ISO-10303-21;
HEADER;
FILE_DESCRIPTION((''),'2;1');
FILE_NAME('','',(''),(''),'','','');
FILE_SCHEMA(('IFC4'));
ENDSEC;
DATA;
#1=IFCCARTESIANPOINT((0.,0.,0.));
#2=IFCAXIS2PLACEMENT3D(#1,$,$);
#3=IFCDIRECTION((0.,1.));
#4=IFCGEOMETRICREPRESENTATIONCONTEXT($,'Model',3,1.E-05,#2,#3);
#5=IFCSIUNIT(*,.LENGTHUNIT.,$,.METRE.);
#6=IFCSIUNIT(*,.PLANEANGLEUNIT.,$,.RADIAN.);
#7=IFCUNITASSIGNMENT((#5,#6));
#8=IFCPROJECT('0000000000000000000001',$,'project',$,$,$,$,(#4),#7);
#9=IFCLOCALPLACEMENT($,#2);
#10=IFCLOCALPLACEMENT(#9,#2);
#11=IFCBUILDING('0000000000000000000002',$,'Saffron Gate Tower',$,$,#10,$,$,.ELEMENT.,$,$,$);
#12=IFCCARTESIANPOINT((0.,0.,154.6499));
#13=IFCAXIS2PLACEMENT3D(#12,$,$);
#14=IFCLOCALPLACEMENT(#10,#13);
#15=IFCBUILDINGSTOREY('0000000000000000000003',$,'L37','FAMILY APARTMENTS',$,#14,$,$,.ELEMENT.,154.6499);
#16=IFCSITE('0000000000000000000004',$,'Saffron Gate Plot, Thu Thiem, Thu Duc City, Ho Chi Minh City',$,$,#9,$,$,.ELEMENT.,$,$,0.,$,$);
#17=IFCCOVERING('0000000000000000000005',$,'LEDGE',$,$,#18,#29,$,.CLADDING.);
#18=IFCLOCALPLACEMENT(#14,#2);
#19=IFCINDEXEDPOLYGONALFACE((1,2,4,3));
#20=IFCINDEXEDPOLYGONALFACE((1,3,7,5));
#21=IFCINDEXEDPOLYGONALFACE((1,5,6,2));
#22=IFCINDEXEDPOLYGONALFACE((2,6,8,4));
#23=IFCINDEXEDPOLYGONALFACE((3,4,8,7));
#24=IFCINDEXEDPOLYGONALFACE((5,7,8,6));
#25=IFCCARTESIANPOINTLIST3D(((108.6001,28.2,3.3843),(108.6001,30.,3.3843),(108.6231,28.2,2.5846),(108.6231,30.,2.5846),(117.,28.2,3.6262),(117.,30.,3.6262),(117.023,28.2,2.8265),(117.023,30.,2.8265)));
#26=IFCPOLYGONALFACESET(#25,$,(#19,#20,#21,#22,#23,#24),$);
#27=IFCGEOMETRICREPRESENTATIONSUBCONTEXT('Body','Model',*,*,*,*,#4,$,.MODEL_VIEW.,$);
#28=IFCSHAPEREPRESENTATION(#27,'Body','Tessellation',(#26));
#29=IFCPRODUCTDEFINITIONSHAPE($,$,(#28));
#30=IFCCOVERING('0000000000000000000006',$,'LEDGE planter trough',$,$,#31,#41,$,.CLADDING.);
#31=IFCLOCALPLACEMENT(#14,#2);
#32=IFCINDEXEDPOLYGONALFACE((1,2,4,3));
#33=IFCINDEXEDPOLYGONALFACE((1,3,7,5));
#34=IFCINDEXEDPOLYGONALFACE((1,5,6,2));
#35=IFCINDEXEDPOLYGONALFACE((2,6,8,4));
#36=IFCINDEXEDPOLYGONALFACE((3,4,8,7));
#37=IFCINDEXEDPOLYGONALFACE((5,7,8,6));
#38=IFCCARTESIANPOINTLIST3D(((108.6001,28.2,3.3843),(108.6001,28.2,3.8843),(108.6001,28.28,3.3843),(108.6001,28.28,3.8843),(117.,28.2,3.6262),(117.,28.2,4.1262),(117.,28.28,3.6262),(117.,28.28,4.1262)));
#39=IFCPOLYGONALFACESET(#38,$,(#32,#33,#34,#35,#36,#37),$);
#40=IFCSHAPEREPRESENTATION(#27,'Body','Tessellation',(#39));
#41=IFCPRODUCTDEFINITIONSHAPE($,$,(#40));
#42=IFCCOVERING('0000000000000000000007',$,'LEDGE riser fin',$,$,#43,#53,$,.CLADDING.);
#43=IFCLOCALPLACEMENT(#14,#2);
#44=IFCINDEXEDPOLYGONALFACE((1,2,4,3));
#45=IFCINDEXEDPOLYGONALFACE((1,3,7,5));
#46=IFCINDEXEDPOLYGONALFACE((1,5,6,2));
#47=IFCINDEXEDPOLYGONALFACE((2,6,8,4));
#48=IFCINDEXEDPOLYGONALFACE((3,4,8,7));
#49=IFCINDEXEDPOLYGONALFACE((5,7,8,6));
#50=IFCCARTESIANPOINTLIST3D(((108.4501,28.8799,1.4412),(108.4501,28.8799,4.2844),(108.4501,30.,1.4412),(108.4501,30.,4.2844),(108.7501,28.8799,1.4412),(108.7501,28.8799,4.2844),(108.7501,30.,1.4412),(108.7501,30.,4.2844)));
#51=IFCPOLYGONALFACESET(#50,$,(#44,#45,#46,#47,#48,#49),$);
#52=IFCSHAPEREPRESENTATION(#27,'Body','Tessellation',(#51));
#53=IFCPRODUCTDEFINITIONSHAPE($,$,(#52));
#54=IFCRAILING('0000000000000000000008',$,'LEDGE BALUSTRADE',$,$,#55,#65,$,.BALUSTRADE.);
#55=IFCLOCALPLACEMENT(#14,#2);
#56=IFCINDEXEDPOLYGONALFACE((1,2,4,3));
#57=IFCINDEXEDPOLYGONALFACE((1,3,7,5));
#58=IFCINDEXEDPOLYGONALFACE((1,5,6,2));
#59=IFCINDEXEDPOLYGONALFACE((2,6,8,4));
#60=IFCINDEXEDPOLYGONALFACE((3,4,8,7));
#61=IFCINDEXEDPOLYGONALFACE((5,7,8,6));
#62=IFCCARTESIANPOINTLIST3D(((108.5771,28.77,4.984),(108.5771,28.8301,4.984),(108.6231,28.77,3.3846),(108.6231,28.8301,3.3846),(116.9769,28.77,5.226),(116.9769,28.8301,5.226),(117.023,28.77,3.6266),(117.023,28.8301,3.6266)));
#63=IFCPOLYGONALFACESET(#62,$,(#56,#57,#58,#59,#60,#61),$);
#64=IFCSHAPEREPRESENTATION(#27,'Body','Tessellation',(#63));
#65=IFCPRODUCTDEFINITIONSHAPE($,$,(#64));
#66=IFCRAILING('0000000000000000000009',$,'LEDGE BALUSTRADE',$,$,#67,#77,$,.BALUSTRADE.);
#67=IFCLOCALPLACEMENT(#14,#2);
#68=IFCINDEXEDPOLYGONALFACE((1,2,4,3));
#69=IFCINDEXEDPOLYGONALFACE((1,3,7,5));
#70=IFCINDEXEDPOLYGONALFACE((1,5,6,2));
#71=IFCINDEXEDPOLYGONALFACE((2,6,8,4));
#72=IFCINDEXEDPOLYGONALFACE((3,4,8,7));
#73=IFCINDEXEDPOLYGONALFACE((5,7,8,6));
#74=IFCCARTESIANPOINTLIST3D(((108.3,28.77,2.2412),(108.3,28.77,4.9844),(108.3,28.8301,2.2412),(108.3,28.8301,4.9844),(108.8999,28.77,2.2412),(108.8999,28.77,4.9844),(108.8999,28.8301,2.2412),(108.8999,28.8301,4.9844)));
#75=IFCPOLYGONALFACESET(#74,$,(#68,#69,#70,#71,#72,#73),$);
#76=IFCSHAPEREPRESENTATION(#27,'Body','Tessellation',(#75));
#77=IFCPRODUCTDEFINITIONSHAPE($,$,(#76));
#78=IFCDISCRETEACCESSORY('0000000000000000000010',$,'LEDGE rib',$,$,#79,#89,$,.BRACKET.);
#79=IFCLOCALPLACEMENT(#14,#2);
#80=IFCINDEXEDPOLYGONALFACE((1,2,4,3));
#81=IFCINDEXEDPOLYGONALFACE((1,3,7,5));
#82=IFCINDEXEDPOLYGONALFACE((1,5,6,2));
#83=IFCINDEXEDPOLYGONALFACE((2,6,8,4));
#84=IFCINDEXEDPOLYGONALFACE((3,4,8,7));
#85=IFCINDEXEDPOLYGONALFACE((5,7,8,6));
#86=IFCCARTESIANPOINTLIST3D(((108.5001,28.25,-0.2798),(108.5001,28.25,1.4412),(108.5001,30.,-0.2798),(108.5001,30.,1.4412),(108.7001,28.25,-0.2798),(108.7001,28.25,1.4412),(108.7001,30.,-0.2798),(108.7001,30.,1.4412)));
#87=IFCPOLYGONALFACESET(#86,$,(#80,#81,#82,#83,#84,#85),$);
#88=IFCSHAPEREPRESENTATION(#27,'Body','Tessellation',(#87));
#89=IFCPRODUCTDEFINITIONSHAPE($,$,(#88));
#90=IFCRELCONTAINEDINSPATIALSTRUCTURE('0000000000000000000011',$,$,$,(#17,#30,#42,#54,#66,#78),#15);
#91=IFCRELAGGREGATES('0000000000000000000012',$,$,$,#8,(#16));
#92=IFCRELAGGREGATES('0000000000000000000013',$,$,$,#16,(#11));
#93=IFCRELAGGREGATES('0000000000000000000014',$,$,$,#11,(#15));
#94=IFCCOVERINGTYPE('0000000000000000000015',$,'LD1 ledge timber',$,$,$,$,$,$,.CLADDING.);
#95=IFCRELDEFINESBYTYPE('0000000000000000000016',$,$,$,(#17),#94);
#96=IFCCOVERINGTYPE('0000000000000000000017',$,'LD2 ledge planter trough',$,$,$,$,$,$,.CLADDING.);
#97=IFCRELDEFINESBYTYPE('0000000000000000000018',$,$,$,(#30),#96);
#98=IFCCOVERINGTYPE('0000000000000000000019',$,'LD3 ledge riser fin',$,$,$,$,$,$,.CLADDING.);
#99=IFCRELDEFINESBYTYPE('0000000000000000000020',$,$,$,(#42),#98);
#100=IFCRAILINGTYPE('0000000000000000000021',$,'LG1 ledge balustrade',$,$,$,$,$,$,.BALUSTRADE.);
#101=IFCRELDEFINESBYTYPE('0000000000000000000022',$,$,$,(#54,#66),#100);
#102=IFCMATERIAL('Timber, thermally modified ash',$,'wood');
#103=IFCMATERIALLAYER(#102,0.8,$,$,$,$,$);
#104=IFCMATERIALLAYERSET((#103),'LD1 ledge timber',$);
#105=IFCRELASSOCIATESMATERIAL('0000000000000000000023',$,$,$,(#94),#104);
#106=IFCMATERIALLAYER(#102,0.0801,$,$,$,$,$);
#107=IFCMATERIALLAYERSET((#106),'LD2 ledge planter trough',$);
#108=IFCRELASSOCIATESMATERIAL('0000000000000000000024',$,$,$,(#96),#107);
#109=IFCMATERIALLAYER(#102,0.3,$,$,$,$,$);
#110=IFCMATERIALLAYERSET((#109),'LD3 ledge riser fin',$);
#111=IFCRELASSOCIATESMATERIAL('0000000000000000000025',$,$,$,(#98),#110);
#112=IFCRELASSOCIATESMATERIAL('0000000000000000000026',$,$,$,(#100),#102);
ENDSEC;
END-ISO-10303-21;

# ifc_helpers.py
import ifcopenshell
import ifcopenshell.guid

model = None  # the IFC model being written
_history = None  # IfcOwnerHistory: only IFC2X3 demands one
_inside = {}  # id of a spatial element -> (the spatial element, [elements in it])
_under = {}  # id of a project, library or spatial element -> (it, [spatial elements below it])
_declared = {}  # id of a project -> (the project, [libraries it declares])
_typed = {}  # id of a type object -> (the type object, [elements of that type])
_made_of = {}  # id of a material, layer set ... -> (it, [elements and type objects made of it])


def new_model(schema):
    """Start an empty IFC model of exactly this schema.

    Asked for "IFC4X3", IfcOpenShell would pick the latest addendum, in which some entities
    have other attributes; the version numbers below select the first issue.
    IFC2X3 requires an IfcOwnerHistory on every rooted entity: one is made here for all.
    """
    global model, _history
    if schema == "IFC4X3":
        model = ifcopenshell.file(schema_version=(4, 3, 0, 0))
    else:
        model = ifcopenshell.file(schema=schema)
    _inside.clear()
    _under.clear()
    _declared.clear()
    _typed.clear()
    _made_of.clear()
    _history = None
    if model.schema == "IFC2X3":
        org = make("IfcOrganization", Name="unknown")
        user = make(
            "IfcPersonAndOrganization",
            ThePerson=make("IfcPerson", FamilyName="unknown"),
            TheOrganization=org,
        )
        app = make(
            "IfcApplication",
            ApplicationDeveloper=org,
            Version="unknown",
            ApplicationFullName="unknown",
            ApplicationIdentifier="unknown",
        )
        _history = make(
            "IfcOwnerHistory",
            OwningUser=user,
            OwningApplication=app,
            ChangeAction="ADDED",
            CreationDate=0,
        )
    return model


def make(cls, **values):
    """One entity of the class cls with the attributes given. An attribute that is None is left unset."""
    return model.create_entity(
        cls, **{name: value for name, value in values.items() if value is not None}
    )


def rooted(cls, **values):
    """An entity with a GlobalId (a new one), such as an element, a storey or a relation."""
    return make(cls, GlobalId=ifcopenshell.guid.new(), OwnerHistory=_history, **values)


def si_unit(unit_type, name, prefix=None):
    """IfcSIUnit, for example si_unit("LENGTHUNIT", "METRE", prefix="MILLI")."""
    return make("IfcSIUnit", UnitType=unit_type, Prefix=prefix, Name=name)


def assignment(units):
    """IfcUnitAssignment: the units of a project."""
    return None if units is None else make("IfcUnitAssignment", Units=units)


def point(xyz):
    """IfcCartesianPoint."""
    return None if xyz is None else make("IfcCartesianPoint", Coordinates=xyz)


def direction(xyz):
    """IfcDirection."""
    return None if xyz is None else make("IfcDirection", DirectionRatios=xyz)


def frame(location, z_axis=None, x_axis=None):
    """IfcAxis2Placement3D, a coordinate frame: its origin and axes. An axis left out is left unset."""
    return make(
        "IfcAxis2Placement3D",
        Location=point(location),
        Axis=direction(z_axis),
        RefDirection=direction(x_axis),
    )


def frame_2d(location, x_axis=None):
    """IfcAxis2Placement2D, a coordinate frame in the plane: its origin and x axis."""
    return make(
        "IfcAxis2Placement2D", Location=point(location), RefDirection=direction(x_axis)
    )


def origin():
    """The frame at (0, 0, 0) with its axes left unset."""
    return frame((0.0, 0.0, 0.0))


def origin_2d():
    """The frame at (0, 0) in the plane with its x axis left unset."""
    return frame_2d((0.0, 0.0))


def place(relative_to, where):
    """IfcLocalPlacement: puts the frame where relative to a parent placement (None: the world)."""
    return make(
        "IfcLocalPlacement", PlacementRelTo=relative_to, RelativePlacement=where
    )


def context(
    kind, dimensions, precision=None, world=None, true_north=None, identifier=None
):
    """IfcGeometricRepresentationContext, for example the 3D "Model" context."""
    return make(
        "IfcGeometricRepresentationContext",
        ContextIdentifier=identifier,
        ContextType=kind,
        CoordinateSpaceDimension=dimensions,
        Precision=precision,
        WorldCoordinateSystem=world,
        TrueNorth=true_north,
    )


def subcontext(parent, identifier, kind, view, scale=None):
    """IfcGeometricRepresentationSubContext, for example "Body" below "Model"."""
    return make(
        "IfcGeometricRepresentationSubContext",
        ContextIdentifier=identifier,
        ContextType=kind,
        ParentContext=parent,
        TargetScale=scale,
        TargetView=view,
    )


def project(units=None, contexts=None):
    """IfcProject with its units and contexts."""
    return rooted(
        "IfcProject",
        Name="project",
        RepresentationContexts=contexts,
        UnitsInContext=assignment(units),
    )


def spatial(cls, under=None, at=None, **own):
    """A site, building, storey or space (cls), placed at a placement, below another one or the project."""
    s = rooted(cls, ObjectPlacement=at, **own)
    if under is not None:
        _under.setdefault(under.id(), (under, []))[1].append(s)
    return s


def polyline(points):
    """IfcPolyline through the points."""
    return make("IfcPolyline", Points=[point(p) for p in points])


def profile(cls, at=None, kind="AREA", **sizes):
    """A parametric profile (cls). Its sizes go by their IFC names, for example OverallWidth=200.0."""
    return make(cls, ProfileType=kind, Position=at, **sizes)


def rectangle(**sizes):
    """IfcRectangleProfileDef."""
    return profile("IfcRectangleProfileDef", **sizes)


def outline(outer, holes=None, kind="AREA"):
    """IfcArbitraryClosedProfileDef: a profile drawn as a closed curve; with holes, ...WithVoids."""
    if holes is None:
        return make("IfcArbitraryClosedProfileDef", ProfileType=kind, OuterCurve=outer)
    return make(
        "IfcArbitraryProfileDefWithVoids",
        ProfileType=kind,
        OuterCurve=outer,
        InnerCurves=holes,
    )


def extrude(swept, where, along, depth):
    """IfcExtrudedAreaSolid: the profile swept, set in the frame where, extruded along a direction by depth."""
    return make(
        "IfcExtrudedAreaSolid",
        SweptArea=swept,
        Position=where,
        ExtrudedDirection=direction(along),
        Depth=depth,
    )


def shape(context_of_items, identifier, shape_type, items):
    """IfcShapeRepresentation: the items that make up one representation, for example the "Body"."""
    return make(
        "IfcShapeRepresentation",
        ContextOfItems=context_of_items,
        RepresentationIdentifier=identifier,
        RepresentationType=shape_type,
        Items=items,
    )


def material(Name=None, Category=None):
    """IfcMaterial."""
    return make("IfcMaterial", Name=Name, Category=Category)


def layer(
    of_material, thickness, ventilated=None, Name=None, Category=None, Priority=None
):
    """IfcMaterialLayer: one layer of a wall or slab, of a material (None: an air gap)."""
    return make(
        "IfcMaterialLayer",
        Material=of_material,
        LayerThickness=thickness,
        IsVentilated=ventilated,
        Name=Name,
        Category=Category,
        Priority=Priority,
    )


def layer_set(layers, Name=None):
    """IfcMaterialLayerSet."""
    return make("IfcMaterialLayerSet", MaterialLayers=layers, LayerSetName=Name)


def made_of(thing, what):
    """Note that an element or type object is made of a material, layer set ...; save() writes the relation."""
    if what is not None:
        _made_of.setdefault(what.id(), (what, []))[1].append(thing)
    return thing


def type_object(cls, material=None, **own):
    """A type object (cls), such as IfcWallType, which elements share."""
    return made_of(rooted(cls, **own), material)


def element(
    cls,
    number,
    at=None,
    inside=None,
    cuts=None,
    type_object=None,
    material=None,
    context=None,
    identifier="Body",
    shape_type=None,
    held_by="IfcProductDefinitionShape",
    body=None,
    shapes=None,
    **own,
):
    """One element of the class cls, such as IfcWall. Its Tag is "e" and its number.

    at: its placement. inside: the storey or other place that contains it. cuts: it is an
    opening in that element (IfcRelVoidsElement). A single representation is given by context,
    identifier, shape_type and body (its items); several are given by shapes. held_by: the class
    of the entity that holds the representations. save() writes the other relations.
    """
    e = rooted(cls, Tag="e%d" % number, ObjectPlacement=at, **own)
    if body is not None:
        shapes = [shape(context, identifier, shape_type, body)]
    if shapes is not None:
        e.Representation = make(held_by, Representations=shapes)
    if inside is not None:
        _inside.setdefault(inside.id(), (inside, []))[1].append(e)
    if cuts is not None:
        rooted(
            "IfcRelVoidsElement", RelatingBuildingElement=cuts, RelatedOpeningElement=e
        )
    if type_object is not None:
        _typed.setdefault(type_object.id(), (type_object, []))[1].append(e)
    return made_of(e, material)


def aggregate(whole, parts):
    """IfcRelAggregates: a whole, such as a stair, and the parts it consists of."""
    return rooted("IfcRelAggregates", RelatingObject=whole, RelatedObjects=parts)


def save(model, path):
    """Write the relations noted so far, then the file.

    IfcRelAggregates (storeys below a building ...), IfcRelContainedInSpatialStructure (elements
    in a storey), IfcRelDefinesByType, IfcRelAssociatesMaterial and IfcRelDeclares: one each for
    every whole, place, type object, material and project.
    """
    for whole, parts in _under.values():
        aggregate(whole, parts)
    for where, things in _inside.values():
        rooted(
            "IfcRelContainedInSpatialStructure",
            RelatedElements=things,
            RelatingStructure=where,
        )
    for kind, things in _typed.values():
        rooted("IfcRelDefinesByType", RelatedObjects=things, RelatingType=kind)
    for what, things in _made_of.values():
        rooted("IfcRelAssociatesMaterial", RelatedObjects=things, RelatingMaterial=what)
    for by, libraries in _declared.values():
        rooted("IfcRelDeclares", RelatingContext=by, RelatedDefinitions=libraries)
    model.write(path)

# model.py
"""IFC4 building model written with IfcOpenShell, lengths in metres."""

from ifc_helpers import new_model, si_unit, direction, frame, origin, origin_2d, place, context, subcontext, project, spatial, polyline, rectangle, outline, extrude, material, layer, layer_set, type_object, element, save


model = new_model("IFC4")

# Units and contexts
model_context = context("Model", 3, precision=1e-05, world=origin(), true_north=direction((0.0, 1.0)))
body_context = subcontext(model_context, "Body", "Model", "MODEL_VIEW")
ifc_project = project(units=[si_unit("LENGTHUNIT", "METRE"), si_unit("PLANEANGLEUNIT", "RADIAN")], contexts=[model_context])

# Site, building, storey
site_placement = place(None, origin())
site = spatial("IfcSite", under=ifc_project, at=site_placement, Name="Saffron Gate Plot, Thu Thiem, Thu Duc City, Ho Chi Minh City", CompositionType="ELEMENT", RefElevation=0.0)
building_placement = place(site_placement, origin())
building = spatial("IfcBuilding", under=site, at=building_placement, Name="Saffron Gate Tower", CompositionType="ELEMENT")
storey_placement = place(building_placement, frame((0.0, 0.0, 154.6499)))
storey = spatial("IfcBuildingStorey", under=building, at=storey_placement, Name="L37", Description="FAMILY APARTMENTS", CompositionType="ELEMENT", Elevation=154.6499)

# Coverings
ifc_material_1 = material(Name="Timber, thermally modified ash", Category="wood")
ifc_layer_1 = layer(ifc_material_1, 0.8)
ifc_layer_set_1 = layer_set([ifc_layer_1], Name="LD1 ledge timber")
covering_type_1 = type_object("IfcCoveringType", Name="LD1 ledge timber", PredefinedType="CLADDING", material=ifc_layer_set_1)
covering_1_placement = place(storey_placement, frame((108.6001, 30.0, 3.3843), z_axis=(-0.028791, 0.0, 0.999585), x_axis=(0.999585, 0.0, 0.028791)))
element("IfcCovering", 1, at=covering_1_placement, inside=storey, type_object=covering_type_1, Name="LEDGE", PredefinedType="CLADDING", context=body_context, shape_type="SweptSolid", body=[
    extrude(outline(polyline([(0.0, 0.0), (8.4034, 0.0), (8.4034, -1.8), (0.0, -1.8), (0.0, 0.0)])), origin(), (0.0, 0.0, -1.0), 0.8),
])
ifc_layer_2 = layer(ifc_material_1, 0.0801)
ifc_layer_set_2 = layer_set([ifc_layer_2], Name="LD2 ledge planter trough")
covering_type_2 = type_object("IfcCoveringType", Name="LD2 ledge planter trough", PredefinedType="CLADDING", material=ifc_layer_set_2)
covering_2_placement = place(storey_placement, frame((108.6001, 28.2, 3.3843), z_axis=(0.0, -1.0, 0.0), x_axis=(0.999585, 0.0, 0.028791)))
element("IfcCovering", 2, at=covering_2_placement, inside=storey, type_object=covering_type_2, Name="LEDGE planter trough", PredefinedType="CLADDING", context=body_context, shape_type="SweptSolid", body=[
    extrude(outline(polyline([(0.0, 0.0), (8.4034, 0.0), (8.4178, 0.4998), (0.0144, 0.4998), (0.0, 0.0)])), origin(), (0.0, 0.0, -1.0), 0.0801),
])
ifc_layer_3 = layer(ifc_material_1, 0.3)
ifc_layer_set_3 = layer_set([ifc_layer_3], Name="LD3 ledge riser fin")
covering_type_3 = type_object("IfcCoveringType", Name="LD3 ledge riser fin", PredefinedType="CLADDING", material=ifc_layer_set_3)
covering_3_placement = place(storey_placement, frame((108.6001, 29.4399, 1.4412), z_axis=(0.0, 0.0, 1.0), x_axis=(1.0, 0.0, 0.0)))
element("IfcCovering", 3, at=covering_3_placement, inside=storey, type_object=covering_type_3, Name="LEDGE riser fin", PredefinedType="CLADDING", context=body_context, shape_type="SweptSolid", body=[
    extrude(rectangle(XDim=0.3, YDim=1.1201, at=origin_2d()), origin(), (0.0, 0.0, 1.0), 2.8433),
])

# Railings
railing_type_1 = type_object("IfcRailingType", Name="LG1 ledge balustrade", PredefinedType="BALUSTRADE", material=ifc_material_1)
railing_1_placement = place(storey_placement, frame((108.6001, 28.8, 3.3843)))
element("IfcRailing", 4, at=railing_1_placement, inside=storey, type_object=railing_type_1, Name="LEDGE BALUSTRADE", PredefinedType="BALUSTRADE", context=body_context, shape_type="SweptSolid", body=[
    extrude(rectangle(XDim=0.0601, YDim=1.6001, at=origin_2d()), frame((0.0, 0.0, 0.8), z_axis=(0.999585, 0.0, 0.028791), x_axis=(0.0, 1.0, 0.0)), (0.0, 0.0, 1.0), 8.4033),
])
railing_2_placement = place(storey_placement, frame((108.3, 28.8, 2.2412)))
element("IfcRailing", 5, at=railing_2_placement, inside=storey, type_object=railing_type_1, Name="LEDGE BALUSTRADE", PredefinedType="BALUSTRADE", context=body_context, shape_type="SweptSolid", body=[
    extrude(rectangle(XDim=0.0601, YDim=2.7432, at=origin_2d()), frame((0.0, 0.0, 1.3716), z_axis=(1.0, 0.0, 0.0), x_axis=(0.0, 1.0, 0.0)), (0.0, 0.0, 1.0), 0.5999),
])

# Discrete accessory
discrete_accessory_placement = place(storey_placement, frame((108.6001, 29.125, -0.2798), z_axis=(0.0, 0.0, 1.0), x_axis=(1.0, 0.0, 0.0)))
element("IfcDiscreteAccessory", 6, at=discrete_accessory_placement, inside=storey, Name="LEDGE rib", PredefinedType="BRACKET", context=body_context, shape_type="SweptSolid", body=[
    extrude(rectangle(XDim=0.2, YDim=1.75, at=origin_2d()), origin(), (0.0, 0.0, 1.0), 1.7209),
])

save(model, "model.ifc")
